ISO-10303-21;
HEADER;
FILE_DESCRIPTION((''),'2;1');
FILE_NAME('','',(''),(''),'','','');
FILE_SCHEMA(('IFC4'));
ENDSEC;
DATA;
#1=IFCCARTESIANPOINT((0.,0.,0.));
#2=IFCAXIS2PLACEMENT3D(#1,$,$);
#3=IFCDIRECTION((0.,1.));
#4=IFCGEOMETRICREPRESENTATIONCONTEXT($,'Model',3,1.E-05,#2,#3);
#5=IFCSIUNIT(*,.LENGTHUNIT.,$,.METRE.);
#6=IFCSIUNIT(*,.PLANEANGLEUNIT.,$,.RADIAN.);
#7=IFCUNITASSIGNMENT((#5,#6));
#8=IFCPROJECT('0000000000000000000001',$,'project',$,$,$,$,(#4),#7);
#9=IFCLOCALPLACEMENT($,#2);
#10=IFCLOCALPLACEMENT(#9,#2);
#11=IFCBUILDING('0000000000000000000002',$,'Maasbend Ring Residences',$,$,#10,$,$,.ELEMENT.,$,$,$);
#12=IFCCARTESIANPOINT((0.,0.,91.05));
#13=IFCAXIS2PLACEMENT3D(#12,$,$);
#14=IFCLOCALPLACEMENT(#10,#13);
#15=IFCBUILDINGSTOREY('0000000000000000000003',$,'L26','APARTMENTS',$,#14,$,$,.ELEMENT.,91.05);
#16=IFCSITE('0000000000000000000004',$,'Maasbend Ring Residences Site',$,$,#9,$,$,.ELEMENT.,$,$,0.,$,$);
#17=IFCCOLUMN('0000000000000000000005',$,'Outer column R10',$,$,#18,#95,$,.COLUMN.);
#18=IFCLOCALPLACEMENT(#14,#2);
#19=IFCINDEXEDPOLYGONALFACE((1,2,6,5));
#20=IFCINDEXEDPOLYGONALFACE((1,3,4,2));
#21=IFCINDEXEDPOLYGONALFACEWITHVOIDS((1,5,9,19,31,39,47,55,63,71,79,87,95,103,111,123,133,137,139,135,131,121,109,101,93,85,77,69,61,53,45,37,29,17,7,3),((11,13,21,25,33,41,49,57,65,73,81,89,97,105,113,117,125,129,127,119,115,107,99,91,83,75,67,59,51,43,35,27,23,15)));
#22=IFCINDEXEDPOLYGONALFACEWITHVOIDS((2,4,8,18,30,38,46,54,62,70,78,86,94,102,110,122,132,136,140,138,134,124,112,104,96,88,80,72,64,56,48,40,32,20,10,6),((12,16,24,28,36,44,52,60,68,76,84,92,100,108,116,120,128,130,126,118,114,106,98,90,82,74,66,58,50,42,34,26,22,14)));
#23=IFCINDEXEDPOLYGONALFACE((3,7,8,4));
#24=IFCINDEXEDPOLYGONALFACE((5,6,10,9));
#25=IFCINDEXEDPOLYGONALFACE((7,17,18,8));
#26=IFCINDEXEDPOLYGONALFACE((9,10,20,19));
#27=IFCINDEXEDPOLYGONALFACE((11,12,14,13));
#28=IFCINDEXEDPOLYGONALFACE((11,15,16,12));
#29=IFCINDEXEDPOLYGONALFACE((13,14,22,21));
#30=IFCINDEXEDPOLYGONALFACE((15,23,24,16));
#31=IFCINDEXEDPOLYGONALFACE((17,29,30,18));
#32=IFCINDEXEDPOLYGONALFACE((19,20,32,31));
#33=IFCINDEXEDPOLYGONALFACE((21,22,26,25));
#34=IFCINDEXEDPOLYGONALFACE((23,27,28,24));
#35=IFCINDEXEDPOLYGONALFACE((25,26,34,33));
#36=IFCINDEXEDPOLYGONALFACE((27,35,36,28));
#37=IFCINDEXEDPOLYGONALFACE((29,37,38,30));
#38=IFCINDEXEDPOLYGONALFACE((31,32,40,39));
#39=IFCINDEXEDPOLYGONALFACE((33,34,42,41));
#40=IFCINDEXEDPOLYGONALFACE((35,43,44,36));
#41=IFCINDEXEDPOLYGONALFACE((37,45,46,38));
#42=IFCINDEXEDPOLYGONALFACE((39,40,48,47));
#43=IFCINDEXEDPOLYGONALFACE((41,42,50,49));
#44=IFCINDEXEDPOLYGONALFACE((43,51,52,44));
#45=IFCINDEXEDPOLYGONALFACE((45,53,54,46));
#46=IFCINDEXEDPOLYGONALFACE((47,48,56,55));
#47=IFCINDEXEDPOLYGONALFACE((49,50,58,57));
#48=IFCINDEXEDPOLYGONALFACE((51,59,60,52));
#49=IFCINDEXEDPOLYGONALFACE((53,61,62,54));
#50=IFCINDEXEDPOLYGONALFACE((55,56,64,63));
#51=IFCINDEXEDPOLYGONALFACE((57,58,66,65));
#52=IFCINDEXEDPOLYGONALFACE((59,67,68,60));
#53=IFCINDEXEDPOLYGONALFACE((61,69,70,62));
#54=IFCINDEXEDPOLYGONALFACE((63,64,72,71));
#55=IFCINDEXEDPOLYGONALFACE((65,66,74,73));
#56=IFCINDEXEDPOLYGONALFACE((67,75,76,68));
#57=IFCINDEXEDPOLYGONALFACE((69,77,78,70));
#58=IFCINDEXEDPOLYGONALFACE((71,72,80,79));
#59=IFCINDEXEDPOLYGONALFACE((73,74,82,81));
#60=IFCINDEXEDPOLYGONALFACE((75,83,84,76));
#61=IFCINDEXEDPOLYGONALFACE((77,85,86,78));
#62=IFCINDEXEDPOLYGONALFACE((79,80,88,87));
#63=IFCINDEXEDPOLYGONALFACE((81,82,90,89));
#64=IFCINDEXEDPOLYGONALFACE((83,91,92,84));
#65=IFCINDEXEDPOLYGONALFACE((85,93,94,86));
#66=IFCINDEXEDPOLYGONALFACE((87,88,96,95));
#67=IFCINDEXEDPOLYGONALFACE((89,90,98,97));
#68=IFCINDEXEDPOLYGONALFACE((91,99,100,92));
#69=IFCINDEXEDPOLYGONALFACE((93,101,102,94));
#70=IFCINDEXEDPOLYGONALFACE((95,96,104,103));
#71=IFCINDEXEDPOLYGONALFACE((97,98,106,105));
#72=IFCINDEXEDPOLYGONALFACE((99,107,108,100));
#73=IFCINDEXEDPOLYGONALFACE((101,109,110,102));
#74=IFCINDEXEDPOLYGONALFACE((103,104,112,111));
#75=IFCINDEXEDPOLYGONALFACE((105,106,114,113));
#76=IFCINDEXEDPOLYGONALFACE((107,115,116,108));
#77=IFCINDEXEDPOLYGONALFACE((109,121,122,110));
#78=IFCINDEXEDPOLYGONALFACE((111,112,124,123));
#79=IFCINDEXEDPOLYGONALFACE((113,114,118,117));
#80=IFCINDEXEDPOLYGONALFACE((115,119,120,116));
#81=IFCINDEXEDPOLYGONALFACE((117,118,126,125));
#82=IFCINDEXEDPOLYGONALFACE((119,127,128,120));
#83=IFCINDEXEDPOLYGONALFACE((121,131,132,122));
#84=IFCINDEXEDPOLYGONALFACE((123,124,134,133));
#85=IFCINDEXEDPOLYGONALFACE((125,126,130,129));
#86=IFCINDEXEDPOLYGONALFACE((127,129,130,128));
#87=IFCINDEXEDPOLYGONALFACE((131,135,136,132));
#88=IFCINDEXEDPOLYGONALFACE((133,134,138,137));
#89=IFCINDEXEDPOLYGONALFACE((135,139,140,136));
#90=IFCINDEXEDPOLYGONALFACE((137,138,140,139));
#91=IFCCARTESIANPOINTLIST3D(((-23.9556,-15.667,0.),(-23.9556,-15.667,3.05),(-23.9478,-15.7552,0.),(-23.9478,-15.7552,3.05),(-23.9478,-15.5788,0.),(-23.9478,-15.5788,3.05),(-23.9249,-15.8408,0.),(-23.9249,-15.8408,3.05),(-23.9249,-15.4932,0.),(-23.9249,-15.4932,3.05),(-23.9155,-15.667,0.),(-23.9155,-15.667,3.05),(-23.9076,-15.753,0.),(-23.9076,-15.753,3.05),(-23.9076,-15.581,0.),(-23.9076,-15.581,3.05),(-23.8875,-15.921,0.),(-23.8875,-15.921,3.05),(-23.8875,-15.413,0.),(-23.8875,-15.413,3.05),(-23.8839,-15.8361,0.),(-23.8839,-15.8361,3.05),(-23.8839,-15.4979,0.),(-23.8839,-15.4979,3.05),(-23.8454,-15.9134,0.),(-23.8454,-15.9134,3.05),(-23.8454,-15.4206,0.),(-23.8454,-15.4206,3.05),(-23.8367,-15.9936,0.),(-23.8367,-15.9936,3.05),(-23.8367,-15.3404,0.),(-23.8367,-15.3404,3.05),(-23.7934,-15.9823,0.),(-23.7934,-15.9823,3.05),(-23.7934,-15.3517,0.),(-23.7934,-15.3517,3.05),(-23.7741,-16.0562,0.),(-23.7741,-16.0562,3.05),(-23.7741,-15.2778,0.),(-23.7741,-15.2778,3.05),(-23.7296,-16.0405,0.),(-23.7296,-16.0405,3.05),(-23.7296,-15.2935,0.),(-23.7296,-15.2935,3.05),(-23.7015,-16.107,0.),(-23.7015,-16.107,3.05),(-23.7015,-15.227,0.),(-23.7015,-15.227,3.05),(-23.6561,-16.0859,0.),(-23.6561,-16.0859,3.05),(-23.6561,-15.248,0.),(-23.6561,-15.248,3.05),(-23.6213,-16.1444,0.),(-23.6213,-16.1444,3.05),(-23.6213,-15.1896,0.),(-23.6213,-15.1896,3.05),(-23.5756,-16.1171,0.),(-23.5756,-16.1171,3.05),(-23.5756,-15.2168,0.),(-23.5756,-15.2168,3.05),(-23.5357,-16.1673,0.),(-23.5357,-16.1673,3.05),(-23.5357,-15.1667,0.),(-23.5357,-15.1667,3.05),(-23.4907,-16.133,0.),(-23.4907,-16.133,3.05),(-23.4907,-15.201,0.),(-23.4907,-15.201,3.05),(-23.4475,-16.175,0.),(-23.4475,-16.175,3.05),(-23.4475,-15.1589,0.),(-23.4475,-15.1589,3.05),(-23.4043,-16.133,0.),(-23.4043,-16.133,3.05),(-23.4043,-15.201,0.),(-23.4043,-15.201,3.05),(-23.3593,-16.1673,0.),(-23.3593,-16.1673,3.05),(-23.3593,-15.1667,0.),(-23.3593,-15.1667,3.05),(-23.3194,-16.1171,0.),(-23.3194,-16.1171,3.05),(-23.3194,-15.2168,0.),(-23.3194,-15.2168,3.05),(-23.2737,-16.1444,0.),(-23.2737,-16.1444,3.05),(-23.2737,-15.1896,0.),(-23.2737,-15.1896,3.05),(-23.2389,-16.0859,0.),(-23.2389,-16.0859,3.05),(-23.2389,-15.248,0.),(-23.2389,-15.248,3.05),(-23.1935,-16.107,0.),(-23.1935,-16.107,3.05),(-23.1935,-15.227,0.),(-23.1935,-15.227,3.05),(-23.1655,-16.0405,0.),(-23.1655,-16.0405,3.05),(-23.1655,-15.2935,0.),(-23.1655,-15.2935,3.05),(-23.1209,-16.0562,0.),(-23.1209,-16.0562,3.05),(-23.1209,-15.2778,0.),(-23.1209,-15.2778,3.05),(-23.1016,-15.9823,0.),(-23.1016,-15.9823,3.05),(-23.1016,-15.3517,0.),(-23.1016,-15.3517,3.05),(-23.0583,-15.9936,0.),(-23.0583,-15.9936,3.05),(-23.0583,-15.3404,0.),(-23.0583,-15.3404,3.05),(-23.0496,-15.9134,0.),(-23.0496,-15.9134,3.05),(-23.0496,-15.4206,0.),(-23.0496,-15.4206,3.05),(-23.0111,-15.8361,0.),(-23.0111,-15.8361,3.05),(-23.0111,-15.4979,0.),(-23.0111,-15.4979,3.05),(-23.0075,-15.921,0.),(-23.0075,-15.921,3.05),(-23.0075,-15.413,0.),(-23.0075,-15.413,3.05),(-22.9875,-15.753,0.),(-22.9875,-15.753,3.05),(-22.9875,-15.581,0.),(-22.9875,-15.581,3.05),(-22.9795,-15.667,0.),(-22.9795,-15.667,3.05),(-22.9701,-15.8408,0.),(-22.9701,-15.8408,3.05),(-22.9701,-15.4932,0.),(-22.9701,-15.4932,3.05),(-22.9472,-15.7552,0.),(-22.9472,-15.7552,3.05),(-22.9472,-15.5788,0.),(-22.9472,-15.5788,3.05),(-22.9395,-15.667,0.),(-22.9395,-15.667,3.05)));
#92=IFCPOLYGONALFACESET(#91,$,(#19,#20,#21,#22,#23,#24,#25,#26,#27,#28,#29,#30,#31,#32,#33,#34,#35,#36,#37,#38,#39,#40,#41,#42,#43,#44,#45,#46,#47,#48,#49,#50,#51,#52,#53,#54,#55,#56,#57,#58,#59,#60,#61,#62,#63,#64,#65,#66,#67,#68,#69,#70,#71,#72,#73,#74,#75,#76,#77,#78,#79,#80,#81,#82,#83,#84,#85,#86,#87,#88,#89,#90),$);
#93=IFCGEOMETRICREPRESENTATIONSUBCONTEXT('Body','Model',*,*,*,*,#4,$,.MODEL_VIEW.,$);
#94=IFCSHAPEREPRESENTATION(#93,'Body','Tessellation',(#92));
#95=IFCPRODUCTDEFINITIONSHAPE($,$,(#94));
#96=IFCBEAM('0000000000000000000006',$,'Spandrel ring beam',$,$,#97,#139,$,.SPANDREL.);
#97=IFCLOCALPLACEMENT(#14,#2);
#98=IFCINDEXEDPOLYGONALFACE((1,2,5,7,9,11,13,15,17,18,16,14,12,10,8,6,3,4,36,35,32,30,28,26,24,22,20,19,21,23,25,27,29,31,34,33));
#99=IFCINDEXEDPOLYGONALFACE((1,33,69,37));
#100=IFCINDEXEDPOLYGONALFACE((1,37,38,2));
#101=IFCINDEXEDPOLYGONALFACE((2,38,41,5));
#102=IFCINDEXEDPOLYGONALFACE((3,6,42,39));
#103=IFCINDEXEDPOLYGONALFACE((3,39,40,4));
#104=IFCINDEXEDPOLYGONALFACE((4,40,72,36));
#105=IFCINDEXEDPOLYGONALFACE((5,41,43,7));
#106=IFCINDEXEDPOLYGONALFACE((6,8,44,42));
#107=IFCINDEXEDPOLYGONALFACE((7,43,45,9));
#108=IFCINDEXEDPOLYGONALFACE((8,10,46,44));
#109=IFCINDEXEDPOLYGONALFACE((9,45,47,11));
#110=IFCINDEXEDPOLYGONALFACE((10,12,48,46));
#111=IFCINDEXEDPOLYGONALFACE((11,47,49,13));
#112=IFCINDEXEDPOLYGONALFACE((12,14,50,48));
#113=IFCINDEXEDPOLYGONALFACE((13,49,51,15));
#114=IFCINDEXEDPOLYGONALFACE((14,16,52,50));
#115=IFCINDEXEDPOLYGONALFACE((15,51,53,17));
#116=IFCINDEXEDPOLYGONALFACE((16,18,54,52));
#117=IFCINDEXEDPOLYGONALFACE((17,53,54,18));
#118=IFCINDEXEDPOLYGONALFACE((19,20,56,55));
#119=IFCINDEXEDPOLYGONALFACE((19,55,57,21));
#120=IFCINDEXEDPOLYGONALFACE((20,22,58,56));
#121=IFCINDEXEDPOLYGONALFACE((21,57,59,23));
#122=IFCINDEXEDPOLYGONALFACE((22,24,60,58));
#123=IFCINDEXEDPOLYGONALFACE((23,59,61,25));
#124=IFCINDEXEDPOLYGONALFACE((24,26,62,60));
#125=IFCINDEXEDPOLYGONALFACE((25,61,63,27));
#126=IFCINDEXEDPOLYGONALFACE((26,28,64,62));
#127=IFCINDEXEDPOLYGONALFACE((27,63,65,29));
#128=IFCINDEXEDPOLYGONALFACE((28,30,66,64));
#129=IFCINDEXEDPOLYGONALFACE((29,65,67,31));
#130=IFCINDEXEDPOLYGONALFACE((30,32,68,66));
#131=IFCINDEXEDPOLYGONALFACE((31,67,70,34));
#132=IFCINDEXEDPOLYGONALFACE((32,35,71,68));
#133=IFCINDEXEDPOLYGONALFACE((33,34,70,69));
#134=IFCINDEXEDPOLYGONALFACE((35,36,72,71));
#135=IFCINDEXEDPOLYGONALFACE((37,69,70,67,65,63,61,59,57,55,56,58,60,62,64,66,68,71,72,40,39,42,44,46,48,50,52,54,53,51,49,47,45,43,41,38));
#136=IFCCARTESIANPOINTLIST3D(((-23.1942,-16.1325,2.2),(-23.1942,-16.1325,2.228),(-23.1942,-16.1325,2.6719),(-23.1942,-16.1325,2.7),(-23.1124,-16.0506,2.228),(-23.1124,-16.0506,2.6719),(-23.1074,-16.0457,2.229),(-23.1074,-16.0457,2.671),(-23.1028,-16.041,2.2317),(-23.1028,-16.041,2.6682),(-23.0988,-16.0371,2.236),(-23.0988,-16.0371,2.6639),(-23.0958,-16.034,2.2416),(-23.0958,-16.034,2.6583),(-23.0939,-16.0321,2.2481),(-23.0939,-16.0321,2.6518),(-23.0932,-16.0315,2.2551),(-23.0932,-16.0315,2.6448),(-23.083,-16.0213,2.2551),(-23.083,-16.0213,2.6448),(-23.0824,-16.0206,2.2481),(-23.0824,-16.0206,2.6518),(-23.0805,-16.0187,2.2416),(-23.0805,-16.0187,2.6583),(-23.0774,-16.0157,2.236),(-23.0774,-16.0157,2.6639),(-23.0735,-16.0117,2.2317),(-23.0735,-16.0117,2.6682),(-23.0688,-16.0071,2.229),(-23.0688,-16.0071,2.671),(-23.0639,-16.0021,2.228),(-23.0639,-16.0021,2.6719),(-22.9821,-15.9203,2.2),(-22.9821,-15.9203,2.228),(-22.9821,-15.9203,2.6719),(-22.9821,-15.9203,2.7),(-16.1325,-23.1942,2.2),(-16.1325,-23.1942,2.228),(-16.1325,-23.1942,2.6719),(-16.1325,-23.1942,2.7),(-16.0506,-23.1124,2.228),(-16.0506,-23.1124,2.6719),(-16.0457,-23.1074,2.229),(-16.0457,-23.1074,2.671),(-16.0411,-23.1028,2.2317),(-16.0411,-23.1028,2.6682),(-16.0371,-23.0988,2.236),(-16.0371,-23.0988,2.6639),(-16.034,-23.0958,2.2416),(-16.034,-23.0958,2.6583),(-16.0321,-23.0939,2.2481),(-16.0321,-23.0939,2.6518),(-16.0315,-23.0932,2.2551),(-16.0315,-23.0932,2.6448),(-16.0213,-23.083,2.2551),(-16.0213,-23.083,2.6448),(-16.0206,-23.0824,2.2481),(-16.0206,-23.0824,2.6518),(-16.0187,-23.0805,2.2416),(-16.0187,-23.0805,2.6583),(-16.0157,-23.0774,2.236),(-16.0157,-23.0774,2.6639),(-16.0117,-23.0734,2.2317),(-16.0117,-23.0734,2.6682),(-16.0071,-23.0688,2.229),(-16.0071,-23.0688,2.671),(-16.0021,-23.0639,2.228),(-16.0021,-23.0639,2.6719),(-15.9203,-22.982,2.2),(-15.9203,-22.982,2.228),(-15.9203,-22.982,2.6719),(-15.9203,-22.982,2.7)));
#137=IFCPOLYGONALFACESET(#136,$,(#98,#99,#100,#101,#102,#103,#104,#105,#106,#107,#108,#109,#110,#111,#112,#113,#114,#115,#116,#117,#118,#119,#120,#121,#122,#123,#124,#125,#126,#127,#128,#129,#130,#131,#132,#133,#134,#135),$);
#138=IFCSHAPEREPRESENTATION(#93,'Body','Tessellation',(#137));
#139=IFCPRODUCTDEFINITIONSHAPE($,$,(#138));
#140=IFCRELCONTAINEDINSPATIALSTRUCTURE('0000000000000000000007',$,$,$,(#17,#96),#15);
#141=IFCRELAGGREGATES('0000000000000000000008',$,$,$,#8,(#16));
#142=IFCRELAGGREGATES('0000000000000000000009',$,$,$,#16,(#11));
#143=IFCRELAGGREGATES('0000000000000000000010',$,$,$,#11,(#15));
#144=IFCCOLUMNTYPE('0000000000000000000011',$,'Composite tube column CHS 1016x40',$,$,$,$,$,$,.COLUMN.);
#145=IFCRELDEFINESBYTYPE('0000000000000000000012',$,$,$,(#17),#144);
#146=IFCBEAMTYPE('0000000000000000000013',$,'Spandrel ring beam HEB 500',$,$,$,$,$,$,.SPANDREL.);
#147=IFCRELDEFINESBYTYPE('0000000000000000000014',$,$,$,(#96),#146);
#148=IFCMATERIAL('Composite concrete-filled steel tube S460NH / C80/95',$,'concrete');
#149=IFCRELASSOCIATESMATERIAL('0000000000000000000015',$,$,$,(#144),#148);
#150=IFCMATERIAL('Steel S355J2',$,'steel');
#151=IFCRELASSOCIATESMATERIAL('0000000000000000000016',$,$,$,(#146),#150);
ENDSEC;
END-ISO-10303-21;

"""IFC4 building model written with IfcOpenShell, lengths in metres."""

from ifc_helpers import new_model, si_unit, direction, frame, origin, origin_2d, place, context, subcontext, project, spatial, hollow_circle, i_section, extrude, material, material_profile, profile_set, type_object, element, save


model = new_model("IFC4")

# Units and contexts
model_context = context("Model", 3, precision=1e-05, world=origin(), true_north=direction((0.0, 1.0)))
body_context = subcontext(model_context, "Body", "Model", "MODEL_VIEW")
ifc_project = project(units=[si_unit("LENGTHUNIT", "METRE"), si_unit("PLANEANGLEUNIT", "RADIAN")], contexts=[model_context])

# Site, building, storey
site_placement = place(None, origin())
site = spatial("IfcSite", under=ifc_project, at=site_placement, Name="Maasbend Ring Residences Site", CompositionType="ELEMENT", RefElevation=0.0)
building_placement = place(site_placement, origin())
building = spatial("IfcBuilding", under=site, at=building_placement, Name="Maasbend Ring Residences", CompositionType="ELEMENT")
storey_placement = place(building_placement, frame((0.0, 0.0, 91.05)))
storey = spatial("IfcBuildingStorey", under=building, at=storey_placement, Name="L26", Description="APARTMENTS", CompositionType="ELEMENT", Elevation=91.05)

# Column
ifc_material_1 = material(Name="Composite concrete-filled steel tube S460NH / C80/95", Category="concrete")
ifc_material_profile_1 = material_profile(ifc_material_1, hollow_circle(Radius=0.5081, WallThickness=0.04, at=origin_2d()), Name="Composite tube column CHS 1016x40")
ifc_profile_set_1 = profile_set([ifc_material_profile_1], Name="Composite concrete-filled steel tube S460NH / C80/95")
column_type = type_object("IfcColumnType", Name="Composite tube column CHS 1016x40", PredefinedType="COLUMN", material=ifc_profile_set_1)
column_placement = place(storey_placement, frame((-23.4475, -15.667, 0.0), z_axis=(0.0, 0.0, 1.0), x_axis=(1.0, 0.0, 0.0)))
element("IfcColumn", 1, at=column_placement, inside=storey, type_object=column_type, Name="Outer column R10", PredefinedType="COLUMN", context=body_context, shape_type="SweptSolid", body=[
    extrude(hollow_circle(Radius=0.5081, WallThickness=0.04, at=origin_2d()), origin(), (0.0, 0.0, 1.0), 3.05),
])

# Beam
ifc_material_2 = material(Name="Steel S355J2", Category="steel")
ifc_material_profile_2 = material_profile(ifc_material_2, i_section(OverallWidth=0.3, OverallDepth=0.5, WebThickness=0.0144, FlangeThickness=0.0281, FilletRadius=0.0271, at=origin_2d()), Name="HEB 500")
ifc_profile_set_2 = profile_set([ifc_material_profile_2], Name="Steel S355J2")
beam_type = type_object("IfcBeamType", Name="Spandrel ring beam HEB 500", PredefinedType="SPANDREL", material=ifc_profile_set_2)
beam_placement = place(storey_placement, frame((-23.0881, -16.0264, 2.45), z_axis=(0.707107, -0.707107, 0.0), x_axis=(0.707107, 0.707107, 0.0)))
element("IfcBeam", 2, at=beam_placement, inside=storey, type_object=beam_type, Name="Spandrel ring beam", PredefinedType="SPANDREL", context=body_context, shape_type="SweptSolid", body=[
    extrude(i_section(OverallWidth=0.3, OverallDepth=0.5, WebThickness=0.0144, FlangeThickness=0.0281, FilletRadius=0.0271, at=origin_2d()), origin(), (0.0, 0.0, 1.0), 9.9868),
])

save(model, "model.ifc")
